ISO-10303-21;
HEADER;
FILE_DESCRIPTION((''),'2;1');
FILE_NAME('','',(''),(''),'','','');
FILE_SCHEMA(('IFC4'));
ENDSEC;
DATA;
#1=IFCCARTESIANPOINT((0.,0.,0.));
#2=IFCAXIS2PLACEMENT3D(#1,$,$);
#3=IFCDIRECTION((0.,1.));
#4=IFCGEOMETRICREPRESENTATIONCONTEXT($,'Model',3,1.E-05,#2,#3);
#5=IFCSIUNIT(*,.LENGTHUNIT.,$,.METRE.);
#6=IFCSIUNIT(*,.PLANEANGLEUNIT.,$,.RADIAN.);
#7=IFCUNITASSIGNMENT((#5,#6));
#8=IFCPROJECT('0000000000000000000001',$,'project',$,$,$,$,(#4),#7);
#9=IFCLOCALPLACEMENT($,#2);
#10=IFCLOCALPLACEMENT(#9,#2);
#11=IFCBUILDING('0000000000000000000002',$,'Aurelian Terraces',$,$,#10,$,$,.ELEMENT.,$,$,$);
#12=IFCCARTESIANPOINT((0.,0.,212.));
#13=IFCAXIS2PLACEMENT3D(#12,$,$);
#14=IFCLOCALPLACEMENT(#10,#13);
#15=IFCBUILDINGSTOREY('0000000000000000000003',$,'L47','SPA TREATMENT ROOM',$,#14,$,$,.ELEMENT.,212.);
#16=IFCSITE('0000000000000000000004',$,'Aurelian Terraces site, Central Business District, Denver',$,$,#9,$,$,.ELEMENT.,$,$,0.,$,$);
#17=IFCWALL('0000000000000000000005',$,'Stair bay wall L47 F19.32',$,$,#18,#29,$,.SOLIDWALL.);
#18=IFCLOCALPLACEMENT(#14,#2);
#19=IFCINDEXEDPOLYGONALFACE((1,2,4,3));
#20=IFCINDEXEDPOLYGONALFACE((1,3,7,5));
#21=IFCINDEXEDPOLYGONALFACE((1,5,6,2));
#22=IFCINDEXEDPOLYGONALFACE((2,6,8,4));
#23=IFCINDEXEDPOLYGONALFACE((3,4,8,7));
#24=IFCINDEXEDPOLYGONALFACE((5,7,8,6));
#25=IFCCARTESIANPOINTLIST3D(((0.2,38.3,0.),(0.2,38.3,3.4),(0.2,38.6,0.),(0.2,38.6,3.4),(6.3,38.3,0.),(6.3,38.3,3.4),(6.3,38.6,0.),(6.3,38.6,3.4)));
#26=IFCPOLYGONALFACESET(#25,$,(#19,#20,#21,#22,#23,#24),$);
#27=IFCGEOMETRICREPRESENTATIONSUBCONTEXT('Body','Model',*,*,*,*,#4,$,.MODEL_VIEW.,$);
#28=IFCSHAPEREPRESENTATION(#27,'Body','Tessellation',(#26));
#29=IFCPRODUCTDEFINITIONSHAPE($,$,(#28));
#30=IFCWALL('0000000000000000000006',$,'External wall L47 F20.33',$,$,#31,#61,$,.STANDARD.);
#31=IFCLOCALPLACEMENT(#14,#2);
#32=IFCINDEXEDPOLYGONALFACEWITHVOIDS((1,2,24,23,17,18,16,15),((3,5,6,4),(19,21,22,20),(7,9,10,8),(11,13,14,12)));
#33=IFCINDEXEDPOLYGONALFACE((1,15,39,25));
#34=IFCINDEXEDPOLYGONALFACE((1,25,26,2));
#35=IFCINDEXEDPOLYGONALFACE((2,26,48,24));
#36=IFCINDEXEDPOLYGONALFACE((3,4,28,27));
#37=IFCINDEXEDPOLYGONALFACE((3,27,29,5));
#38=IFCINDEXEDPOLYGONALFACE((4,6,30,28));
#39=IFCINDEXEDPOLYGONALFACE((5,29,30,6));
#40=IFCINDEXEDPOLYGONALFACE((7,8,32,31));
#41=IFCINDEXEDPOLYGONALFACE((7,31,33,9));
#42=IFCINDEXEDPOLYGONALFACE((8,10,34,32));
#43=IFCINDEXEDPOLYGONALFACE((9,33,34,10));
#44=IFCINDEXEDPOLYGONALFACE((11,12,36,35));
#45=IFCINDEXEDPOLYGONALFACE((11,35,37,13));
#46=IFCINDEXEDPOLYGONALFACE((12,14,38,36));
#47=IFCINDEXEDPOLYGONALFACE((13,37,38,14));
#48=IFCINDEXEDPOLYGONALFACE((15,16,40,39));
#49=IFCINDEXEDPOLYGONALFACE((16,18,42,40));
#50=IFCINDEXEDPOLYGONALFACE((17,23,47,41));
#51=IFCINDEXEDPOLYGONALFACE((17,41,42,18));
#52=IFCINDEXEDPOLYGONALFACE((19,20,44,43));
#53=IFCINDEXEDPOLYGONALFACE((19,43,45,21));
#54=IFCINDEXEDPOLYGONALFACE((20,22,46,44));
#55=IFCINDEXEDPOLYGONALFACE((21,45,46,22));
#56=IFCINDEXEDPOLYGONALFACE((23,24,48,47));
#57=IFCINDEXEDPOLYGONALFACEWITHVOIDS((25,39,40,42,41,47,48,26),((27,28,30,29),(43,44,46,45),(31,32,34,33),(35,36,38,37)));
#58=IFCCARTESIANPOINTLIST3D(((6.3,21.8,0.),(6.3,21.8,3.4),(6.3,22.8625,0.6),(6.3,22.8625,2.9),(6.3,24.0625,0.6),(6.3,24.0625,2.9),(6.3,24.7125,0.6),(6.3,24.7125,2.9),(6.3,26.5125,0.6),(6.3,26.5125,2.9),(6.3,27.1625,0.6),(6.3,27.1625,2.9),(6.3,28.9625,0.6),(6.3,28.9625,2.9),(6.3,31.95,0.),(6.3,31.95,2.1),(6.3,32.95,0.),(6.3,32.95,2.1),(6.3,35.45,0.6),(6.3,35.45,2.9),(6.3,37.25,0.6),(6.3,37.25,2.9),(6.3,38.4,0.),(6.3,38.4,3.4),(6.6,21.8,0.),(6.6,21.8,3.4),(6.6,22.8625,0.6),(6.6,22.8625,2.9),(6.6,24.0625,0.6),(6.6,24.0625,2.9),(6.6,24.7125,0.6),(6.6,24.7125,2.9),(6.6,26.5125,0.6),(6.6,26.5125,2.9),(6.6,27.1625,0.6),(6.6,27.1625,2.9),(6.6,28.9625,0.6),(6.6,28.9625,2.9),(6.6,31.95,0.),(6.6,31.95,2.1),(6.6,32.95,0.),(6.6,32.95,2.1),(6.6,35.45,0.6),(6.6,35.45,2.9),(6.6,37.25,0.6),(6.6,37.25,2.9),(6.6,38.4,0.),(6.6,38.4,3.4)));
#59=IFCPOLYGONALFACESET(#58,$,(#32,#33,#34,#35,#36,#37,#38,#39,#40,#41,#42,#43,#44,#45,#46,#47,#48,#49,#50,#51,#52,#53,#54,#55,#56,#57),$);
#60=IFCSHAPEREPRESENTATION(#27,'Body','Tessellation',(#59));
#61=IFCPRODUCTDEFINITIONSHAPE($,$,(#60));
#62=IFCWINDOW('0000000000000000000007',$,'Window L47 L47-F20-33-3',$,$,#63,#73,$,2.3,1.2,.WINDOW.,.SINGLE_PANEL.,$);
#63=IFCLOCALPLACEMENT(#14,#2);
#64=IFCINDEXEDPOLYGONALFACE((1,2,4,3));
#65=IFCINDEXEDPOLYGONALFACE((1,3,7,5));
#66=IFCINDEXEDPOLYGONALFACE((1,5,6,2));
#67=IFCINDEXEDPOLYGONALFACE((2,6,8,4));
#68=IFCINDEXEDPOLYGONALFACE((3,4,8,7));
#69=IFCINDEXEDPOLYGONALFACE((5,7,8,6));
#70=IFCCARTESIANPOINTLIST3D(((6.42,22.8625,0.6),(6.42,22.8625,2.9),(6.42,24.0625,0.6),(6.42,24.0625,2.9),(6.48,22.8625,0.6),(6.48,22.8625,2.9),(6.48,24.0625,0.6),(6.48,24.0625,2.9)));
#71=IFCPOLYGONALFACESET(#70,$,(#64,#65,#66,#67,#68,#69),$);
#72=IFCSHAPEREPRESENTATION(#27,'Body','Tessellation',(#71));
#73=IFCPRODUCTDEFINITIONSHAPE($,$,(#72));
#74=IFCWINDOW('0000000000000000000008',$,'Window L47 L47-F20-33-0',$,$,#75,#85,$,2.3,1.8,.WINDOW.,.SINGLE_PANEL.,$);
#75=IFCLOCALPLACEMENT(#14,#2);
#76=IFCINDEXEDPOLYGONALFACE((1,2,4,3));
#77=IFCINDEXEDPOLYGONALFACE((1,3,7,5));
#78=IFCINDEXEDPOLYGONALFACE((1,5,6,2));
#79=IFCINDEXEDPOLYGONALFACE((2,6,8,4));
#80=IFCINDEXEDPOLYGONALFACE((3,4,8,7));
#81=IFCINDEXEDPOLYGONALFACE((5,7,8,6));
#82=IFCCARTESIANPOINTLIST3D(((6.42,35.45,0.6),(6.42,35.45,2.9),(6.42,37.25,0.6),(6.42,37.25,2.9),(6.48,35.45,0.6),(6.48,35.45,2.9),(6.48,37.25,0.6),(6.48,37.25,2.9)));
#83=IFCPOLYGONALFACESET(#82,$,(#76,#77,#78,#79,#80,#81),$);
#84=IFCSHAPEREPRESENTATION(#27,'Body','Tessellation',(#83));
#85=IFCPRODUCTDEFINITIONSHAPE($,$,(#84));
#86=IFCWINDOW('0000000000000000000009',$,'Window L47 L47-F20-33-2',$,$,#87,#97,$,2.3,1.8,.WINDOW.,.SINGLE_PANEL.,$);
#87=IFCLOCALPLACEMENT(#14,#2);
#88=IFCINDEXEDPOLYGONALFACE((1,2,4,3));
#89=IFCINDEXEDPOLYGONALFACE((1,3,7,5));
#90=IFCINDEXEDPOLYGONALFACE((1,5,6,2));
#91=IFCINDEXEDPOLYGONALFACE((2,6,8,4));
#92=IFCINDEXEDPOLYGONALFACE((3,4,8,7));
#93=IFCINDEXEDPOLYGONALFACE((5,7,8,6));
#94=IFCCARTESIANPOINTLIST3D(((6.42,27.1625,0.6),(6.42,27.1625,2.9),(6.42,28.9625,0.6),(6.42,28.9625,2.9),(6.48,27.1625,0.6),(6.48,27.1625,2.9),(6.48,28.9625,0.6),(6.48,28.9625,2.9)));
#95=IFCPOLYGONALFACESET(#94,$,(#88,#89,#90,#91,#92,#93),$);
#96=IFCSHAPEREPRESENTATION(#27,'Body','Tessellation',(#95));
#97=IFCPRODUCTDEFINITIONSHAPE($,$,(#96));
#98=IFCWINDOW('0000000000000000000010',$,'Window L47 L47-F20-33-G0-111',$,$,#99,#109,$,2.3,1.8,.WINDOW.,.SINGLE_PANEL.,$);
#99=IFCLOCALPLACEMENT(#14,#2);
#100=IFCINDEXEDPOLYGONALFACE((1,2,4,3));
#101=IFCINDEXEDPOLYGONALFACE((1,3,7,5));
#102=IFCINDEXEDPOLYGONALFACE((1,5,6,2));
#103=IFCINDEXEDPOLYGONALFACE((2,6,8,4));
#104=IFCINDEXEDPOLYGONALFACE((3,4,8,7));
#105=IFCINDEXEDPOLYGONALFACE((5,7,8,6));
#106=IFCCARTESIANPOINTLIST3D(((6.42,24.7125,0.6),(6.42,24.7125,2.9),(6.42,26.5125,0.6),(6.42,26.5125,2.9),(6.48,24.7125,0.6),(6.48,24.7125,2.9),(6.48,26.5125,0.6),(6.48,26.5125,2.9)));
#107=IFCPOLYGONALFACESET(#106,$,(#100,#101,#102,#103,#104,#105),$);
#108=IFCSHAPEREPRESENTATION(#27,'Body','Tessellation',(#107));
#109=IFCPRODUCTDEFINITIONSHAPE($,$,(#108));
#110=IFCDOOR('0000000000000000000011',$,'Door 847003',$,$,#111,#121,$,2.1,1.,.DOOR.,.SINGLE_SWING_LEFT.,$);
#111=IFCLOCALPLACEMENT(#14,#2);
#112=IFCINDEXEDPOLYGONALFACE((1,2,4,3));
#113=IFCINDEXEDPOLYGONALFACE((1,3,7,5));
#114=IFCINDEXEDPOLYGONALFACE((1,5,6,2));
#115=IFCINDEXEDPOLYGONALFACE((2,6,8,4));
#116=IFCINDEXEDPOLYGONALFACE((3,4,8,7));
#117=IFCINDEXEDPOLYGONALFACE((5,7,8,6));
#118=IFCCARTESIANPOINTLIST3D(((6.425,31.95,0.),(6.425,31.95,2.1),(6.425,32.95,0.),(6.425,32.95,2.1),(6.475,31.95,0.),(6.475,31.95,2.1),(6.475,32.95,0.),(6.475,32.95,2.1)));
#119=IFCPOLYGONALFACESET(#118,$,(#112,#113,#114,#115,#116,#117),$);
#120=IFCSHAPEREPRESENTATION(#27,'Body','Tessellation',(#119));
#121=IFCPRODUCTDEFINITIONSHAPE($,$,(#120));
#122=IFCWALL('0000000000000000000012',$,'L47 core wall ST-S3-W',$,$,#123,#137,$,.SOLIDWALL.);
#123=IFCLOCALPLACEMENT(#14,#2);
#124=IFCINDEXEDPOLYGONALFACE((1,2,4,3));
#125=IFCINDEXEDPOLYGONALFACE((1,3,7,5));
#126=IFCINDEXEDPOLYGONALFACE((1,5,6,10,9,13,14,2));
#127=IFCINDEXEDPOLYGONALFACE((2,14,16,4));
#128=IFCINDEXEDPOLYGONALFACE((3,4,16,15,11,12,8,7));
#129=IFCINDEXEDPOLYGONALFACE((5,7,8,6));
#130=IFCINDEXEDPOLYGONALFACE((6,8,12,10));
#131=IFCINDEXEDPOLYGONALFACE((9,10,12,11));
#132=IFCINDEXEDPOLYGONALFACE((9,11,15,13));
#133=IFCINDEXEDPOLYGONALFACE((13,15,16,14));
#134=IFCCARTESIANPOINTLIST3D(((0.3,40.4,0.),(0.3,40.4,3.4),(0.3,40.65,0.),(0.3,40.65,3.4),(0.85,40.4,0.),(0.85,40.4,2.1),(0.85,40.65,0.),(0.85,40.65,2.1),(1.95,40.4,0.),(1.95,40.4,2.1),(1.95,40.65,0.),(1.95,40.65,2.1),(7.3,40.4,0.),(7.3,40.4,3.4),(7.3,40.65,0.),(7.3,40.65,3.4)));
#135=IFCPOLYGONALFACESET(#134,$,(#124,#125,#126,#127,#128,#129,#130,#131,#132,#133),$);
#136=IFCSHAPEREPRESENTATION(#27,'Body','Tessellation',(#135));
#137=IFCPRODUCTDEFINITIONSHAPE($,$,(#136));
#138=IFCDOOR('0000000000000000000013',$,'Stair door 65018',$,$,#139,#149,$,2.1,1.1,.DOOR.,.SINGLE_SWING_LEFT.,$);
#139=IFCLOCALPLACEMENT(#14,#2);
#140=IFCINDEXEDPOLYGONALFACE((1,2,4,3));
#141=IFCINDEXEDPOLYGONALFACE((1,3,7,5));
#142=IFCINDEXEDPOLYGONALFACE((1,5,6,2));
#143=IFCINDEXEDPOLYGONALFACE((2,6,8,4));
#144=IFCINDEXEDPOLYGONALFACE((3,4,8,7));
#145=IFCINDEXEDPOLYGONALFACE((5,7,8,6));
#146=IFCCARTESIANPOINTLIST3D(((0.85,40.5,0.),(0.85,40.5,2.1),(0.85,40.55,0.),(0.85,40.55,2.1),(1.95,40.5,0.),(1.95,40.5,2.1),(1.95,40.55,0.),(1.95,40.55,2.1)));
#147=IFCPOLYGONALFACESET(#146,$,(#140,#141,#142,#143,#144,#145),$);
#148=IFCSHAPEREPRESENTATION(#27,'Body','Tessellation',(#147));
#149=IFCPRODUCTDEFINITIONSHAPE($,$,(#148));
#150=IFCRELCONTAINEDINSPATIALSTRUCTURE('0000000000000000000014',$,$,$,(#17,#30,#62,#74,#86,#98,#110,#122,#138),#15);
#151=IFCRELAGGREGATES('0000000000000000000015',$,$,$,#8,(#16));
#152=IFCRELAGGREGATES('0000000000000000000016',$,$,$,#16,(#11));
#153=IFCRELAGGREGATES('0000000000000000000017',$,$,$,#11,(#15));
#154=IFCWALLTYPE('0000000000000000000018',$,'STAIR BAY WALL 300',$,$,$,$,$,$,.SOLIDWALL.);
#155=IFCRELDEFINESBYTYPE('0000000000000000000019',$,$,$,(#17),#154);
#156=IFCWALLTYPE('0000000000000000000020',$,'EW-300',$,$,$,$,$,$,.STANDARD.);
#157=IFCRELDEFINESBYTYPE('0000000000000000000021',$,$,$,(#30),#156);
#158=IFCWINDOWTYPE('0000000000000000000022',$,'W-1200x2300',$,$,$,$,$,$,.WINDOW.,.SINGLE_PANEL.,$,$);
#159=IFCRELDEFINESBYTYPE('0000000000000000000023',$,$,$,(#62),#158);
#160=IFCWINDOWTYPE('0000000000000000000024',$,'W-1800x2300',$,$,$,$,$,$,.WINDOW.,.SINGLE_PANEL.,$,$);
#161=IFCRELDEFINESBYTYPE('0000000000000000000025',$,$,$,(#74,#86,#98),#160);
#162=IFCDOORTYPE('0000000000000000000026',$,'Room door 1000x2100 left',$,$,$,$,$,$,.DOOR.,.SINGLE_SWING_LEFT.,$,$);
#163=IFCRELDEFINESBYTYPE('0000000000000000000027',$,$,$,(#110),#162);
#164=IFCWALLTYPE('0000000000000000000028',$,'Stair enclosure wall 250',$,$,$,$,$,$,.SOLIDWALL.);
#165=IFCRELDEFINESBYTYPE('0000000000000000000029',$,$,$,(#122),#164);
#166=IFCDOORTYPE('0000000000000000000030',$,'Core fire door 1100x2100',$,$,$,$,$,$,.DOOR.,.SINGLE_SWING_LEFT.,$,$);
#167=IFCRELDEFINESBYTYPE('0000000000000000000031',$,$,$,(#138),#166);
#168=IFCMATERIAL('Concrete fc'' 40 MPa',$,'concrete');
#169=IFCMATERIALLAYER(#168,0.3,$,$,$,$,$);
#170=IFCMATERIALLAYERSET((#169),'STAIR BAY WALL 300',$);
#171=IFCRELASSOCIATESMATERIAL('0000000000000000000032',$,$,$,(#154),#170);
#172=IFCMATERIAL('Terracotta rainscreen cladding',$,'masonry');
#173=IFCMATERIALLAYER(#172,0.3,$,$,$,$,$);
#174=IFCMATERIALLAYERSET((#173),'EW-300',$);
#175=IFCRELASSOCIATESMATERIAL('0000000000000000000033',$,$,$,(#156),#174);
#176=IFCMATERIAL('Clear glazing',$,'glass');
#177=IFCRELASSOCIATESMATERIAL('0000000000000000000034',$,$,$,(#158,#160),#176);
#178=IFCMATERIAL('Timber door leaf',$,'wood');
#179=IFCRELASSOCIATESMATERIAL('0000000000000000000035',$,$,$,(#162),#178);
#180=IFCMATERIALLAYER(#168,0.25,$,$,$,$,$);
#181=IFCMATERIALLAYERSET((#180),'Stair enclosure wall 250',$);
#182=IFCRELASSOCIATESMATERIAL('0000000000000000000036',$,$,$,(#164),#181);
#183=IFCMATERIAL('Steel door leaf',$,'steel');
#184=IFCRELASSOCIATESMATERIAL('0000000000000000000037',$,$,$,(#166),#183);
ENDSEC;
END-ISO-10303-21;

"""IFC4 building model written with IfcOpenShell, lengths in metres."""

from ifc_helpers import new_model, si_unit, direction, frame, frame_2d, origin, place, context, subcontext, project, spatial, rectangle, extrude, source, transform, mapped, material, layer, layer_set, type_object, element, fill, save


model = new_model("IFC4")

# Units and contexts
model_context = context("Model", 3, precision=1e-05, world=origin(), true_north=direction((0.0, 1.0)))
body_context = subcontext(model_context, "Body", "Model", "MODEL_VIEW")
ifc_project = project(units=[si_unit("LENGTHUNIT", "METRE"), si_unit("PLANEANGLEUNIT", "RADIAN")], contexts=[model_context])

# Site, building, storey
site_placement = place(None, origin())
site = spatial("IfcSite", under=ifc_project, at=site_placement, Name="Aurelian Terraces site, Central Business District, Denver", CompositionType="ELEMENT", RefElevation=0.0)
building_placement = place(site_placement, origin())
building = spatial("IfcBuilding", under=site, at=building_placement, Name="Aurelian Terraces", CompositionType="ELEMENT")
storey_placement = place(building_placement, frame((0.0, 0.0, 212.0)))
storey = spatial("IfcBuildingStorey", under=building, at=storey_placement, Name="L47", Description="SPA TREATMENT ROOM", CompositionType="ELEMENT", Elevation=212.0)

# Wall
ifc_material_1 = material(Name="Concrete fc' 40 MPa", Category="concrete")
ifc_layer_1 = layer(ifc_material_1, 0.3)
ifc_layer_set_1 = layer_set([ifc_layer_1], Name="STAIR BAY WALL 300")
wall_type_1 = type_object("IfcWallType", Name="STAIR BAY WALL 300", PredefinedType="SOLIDWALL", material=ifc_layer_set_1)
shared_shape_1 = source(origin(), body_context, "Body", "SweptSolid", [
    extrude(rectangle(XDim=6.1, YDim=0.3, at=frame_2d((3.05, 0.0))), origin(), (0.0, 0.0, 1.0), 3.4),
])
wall_1_placement = place(storey_placement, frame((0.2, 38.45, 0.0), z_axis=(0.0, 0.0, 1.0), x_axis=(1.0, 0.0, 0.0)))
element("IfcWall", 1, at=wall_1_placement, inside=storey, type_object=wall_type_1, Name="Stair bay wall L47 F19.32", PredefinedType="SOLIDWALL", context=body_context, shape_type="MappedRepresentation", body=[
    mapped(shared_shape_1, transform((0.0, 0.0, 0.0), scale=1.0)),
])

# Wall, openings, windows, door
ifc_material_2 = material(Name="Terracotta rainscreen cladding", Category="masonry")
ifc_layer_2 = layer(ifc_material_2, 0.3)
ifc_layer_set_2 = layer_set([ifc_layer_2], Name="EW-300")
wall_type_2 = type_object("IfcWallType", Name="EW-300", PredefinedType="STANDARD", material=ifc_layer_set_2)
shared_shape_2 = source(origin(), body_context, "Body", "SweptSolid", [
    extrude(rectangle(XDim=16.6, YDim=0.3, at=frame_2d((8.3, 0.0))), origin(), (0.0, 0.0, 1.0), 3.4),
])
wall_2_placement = place(storey_placement, frame((6.45, 38.4, 0.0), z_axis=(0.0, 0.0, 1.0), x_axis=(0.0, -1.0, 0.0)))
wall_2 = element("IfcWall", 2, at=wall_2_placement, inside=storey, type_object=wall_type_2, Name="External wall L47 F20.33", PredefinedType="STANDARD", context=body_context, shape_type="MappedRepresentation", body=[
    mapped(shared_shape_2, transform((0.0, 0.0, 0.0), scale=1.0)),
])
shared_shape_3 = source(origin(), body_context, "Body", "SweptSolid", [
    extrude(rectangle(XDim=1.8, YDim=2.3, at=frame_2d((0.9, 1.15))), frame((0.0, 0.16, 0.0), z_axis=(0.0, -1.0, 0.0), x_axis=(1.0, 0.0, 0.0)), (0.0, 0.0, 1.0), 0.32),
])
opening_1_placement = place(wall_2_placement, frame((1.15, 0.0, 0.6)))
opening_1 = element("IfcOpeningElement", 3, at=opening_1_placement, cuts=wall_2, PredefinedType="OPENING", context=body_context, shape_type="MappedRepresentation", body=[
    mapped(shared_shape_3, transform((0.0, 0.0, 0.0), scale=1.0)),
])
opening_2_placement = place(wall_2_placement, frame((9.4375, 0.0, 0.6)))
opening_2 = element("IfcOpeningElement", 4, at=opening_2_placement, cuts=wall_2, PredefinedType="OPENING", context=body_context, shape_type="MappedRepresentation", body=[
    mapped(shared_shape_3, transform((0.0, 0.0, 0.0), scale=1.0)),
])
shared_shape_4 = source(origin(), body_context, "Body", "SweptSolid", [
    extrude(rectangle(XDim=1.2, YDim=2.3, at=frame_2d((0.6, 1.15))), frame((0.0, 0.16, 0.0), z_axis=(0.0, -1.0, 0.0), x_axis=(1.0, 0.0, 0.0)), (0.0, 0.0, 1.0), 0.32),
])
opening_3_placement = place(wall_2_placement, frame((14.3375, 0.0, 0.6)))
opening_3 = element("IfcOpeningElement", 5, at=opening_3_placement, cuts=wall_2, PredefinedType="OPENING", context=body_context, shape_type="MappedRepresentation", body=[
    mapped(shared_shape_4, transform((0.0, 0.0, 0.0), scale=1.0)),
])
opening_4_placement = place(wall_2_placement, frame((11.8875, 0.0, 0.6)))
opening_4 = element("IfcOpeningElement", 6, at=opening_4_placement, cuts=wall_2, PredefinedType="OPENING", context=body_context, shape_type="MappedRepresentation", body=[
    mapped(shared_shape_3, transform((0.0, 0.0, 0.0), scale=1.0)),
])
shared_shape_5 = source(origin(), body_context, "Body", "SweptSolid", [
    extrude(rectangle(XDim=1.0, YDim=2.1, at=frame_2d((0.5, 1.05))), frame((0.0, 0.16, 0.0), z_axis=(0.0, -1.0, 0.0), x_axis=(1.0, 0.0, 0.0)), (0.0, 0.0, 1.0), 0.32),
])
opening_5_placement = place(wall_2_placement, frame((5.45, 0.0, 0.0)))
opening_5 = element("IfcOpeningElement", 7, at=opening_5_placement, cuts=wall_2, PredefinedType="OPENING", context=body_context, shape_type="MappedRepresentation", body=[
    mapped(shared_shape_5, transform((0.0, 0.0, 0.0), scale=1.0)),
])
ifc_material_3 = material(Name="Clear glazing", Category="glass")
window_type_1 = type_object("IfcWindowType", Name="W-1200x2300", PartitioningType="SINGLE_PANEL", PredefinedType="WINDOW", material=ifc_material_3)
shared_shape_6 = source(origin(), body_context, "Body", "SweptSolid", [
    extrude(rectangle(XDim=1.2, YDim=2.3, at=frame_2d((0.6, 1.15))), frame((0.0, 0.03, 0.0), z_axis=(0.0, -1.0, 0.0), x_axis=(1.0, 0.0, 0.0)), (0.0, 0.0, 1.0), 0.06),
])
window_1_placement = place(opening_3_placement, origin())
window_1 = element("IfcWindow", 8, at=window_1_placement, inside=storey, type_object=window_type_1, Name="Window L47 L47-F20-33-3", OverallHeight=2.3, OverallWidth=1.2, PartitioningType="SINGLE_PANEL", PredefinedType="WINDOW", context=body_context, shape_type="MappedRepresentation", body=[
    mapped(shared_shape_6, transform((0.0, 0.0, 0.0), scale=1.0)),
])
fill(opening_3, window_1)
window_type_2 = type_object("IfcWindowType", Name="W-1800x2300", PartitioningType="SINGLE_PANEL", PredefinedType="WINDOW", material=ifc_material_3)
shared_shape_7 = source(origin(), body_context, "Body", "SweptSolid", [
    extrude(rectangle(XDim=1.8, YDim=2.3, at=frame_2d((0.9, 1.15))), frame((0.0, 0.03, 0.0), z_axis=(0.0, -1.0, 0.0), x_axis=(1.0, 0.0, 0.0)), (0.0, 0.0, 1.0), 0.06),
])
window_2_placement = place(opening_1_placement, origin())
window_2 = element("IfcWindow", 9, at=window_2_placement, inside=storey, type_object=window_type_2, Name="Window L47 L47-F20-33-0", OverallHeight=2.3, OverallWidth=1.8, PartitioningType="SINGLE_PANEL", PredefinedType="WINDOW", context=body_context, shape_type="MappedRepresentation", body=[
    mapped(shared_shape_7, transform((0.0, 0.0, 0.0), scale=1.0)),
])
fill(opening_1, window_2)
window_3_placement = place(opening_2_placement, origin())
window_3 = element("IfcWindow", 10, at=window_3_placement, inside=storey, type_object=window_type_2, Name="Window L47 L47-F20-33-2", OverallHeight=2.3, OverallWidth=1.8, PartitioningType="SINGLE_PANEL", PredefinedType="WINDOW", context=body_context, shape_type="MappedRepresentation", body=[
    mapped(shared_shape_7, transform((0.0, 0.0, 0.0), scale=1.0)),
])
fill(opening_2, window_3)
window_4_placement = place(opening_4_placement, origin())
window_4 = element("IfcWindow", 11, at=window_4_placement, inside=storey, type_object=window_type_2, Name="Window L47 L47-F20-33-G0-111", OverallHeight=2.3, OverallWidth=1.8, PartitioningType="SINGLE_PANEL", PredefinedType="WINDOW", context=body_context, shape_type="MappedRepresentation", body=[
    mapped(shared_shape_7, transform((0.0, 0.0, 0.0), scale=1.0)),
])
fill(opening_4, window_4)
ifc_material_4 = material(Name="Timber door leaf", Category="wood")
door_type_1 = type_object("IfcDoorType", Name="Room door 1000x2100 left", OperationType="SINGLE_SWING_LEFT", PredefinedType="DOOR", material=ifc_material_4)
shared_shape_8 = source(origin(), body_context, "Body", "SweptSolid", [
    extrude(rectangle(XDim=1.0, YDim=2.1, at=frame_2d((0.5, 1.05))), frame((0.0, 0.025, 0.0), z_axis=(0.0, -1.0, 0.0), x_axis=(1.0, 0.0, 0.0)), (0.0, 0.0, 1.0), 0.05),
])
door_1_placement = place(opening_5_placement, origin())
door_1 = element("IfcDoor", 12, at=door_1_placement, inside=storey, type_object=door_type_1, Name="Door 847003", OperationType="SINGLE_SWING_LEFT", OverallHeight=2.1, OverallWidth=1.0, PredefinedType="DOOR", context=body_context, shape_type="MappedRepresentation", body=[
    mapped(shared_shape_8, transform((0.0, 0.0, 0.0), scale=1.0)),
])
fill(opening_5, door_1)

# Wall, opening, door
ifc_layer_3 = layer(ifc_material_1, 0.25)
ifc_layer_set_3 = layer_set([ifc_layer_3], Name="Stair enclosure wall 250")
wall_type_3 = type_object("IfcWallType", Name="Stair enclosure wall 250", PredefinedType="SOLIDWALL", material=ifc_layer_set_3)
shared_shape_9 = source(origin(), body_context, "Body", "SweptSolid", [
    extrude(rectangle(XDim=7.0, YDim=0.25, at=frame_2d((3.5, 0.0))), origin(), (0.0, 0.0, 1.0), 3.4),
])
wall_3_placement = place(storey_placement, frame((0.3, 40.525, 0.0), z_axis=(0.0, 0.0, 1.0), x_axis=(1.0, 0.0, 0.0)))
wall_3 = element("IfcWall", 13, at=wall_3_placement, inside=storey, type_object=wall_type_3, Name="L47 core wall ST-S3-W", PredefinedType="SOLIDWALL", context=body_context, shape_type="MappedRepresentation", body=[
    mapped(shared_shape_9, transform((0.0, 0.0, 0.0), scale=1.0)),
])
shared_shape_10 = source(origin(), body_context, "Body", "SweptSolid", [
    extrude(rectangle(XDim=1.1, YDim=2.1, at=frame_2d((0.55, 1.05))), frame((0.0, 0.135, 0.0), z_axis=(0.0, -1.0, 0.0), x_axis=(1.0, 0.0, 0.0)), (0.0, 0.0, 1.0), 0.27),
])
opening_6_placement = place(wall_3_placement, frame((0.55, 0.0, 0.0)))
opening_6 = element("IfcOpeningElement", 14, at=opening_6_placement, cuts=wall_3, PredefinedType="OPENING", context=body_context, shape_type="MappedRepresentation", body=[
    mapped(shared_shape_10, transform((0.0, 0.0, 0.0), scale=1.0)),
])
ifc_material_5 = material(Name="Steel door leaf", Category="steel")
door_type_2 = type_object("IfcDoorType", Name="Core fire door 1100x2100", OperationType="SINGLE_SWING_LEFT", PredefinedType="DOOR", material=ifc_material_5)
shared_shape_11 = source(origin(), body_context, "Body", "SweptSolid", [
    extrude(rectangle(XDim=1.1, YDim=2.1, at=frame_2d((0.55, 1.05))), frame((0.0, 0.025, 0.0), z_axis=(0.0, -1.0, 0.0), x_axis=(1.0, 0.0, 0.0)), (0.0, 0.0, 1.0), 0.05),
])
door_2_placement = place(opening_6_placement, origin())
door_2 = element("IfcDoor", 15, at=door_2_placement, inside=storey, type_object=door_type_2, Name="Stair door 65018", OperationType="SINGLE_SWING_LEFT", OverallHeight=2.1, OverallWidth=1.1, PredefinedType="DOOR", context=body_context, shape_type="MappedRepresentation", body=[
    mapped(shared_shape_11, transform((0.0, 0.0, 0.0), scale=1.0)),
])
fill(opening_6, door_2)

save(model, "model.ifc")
